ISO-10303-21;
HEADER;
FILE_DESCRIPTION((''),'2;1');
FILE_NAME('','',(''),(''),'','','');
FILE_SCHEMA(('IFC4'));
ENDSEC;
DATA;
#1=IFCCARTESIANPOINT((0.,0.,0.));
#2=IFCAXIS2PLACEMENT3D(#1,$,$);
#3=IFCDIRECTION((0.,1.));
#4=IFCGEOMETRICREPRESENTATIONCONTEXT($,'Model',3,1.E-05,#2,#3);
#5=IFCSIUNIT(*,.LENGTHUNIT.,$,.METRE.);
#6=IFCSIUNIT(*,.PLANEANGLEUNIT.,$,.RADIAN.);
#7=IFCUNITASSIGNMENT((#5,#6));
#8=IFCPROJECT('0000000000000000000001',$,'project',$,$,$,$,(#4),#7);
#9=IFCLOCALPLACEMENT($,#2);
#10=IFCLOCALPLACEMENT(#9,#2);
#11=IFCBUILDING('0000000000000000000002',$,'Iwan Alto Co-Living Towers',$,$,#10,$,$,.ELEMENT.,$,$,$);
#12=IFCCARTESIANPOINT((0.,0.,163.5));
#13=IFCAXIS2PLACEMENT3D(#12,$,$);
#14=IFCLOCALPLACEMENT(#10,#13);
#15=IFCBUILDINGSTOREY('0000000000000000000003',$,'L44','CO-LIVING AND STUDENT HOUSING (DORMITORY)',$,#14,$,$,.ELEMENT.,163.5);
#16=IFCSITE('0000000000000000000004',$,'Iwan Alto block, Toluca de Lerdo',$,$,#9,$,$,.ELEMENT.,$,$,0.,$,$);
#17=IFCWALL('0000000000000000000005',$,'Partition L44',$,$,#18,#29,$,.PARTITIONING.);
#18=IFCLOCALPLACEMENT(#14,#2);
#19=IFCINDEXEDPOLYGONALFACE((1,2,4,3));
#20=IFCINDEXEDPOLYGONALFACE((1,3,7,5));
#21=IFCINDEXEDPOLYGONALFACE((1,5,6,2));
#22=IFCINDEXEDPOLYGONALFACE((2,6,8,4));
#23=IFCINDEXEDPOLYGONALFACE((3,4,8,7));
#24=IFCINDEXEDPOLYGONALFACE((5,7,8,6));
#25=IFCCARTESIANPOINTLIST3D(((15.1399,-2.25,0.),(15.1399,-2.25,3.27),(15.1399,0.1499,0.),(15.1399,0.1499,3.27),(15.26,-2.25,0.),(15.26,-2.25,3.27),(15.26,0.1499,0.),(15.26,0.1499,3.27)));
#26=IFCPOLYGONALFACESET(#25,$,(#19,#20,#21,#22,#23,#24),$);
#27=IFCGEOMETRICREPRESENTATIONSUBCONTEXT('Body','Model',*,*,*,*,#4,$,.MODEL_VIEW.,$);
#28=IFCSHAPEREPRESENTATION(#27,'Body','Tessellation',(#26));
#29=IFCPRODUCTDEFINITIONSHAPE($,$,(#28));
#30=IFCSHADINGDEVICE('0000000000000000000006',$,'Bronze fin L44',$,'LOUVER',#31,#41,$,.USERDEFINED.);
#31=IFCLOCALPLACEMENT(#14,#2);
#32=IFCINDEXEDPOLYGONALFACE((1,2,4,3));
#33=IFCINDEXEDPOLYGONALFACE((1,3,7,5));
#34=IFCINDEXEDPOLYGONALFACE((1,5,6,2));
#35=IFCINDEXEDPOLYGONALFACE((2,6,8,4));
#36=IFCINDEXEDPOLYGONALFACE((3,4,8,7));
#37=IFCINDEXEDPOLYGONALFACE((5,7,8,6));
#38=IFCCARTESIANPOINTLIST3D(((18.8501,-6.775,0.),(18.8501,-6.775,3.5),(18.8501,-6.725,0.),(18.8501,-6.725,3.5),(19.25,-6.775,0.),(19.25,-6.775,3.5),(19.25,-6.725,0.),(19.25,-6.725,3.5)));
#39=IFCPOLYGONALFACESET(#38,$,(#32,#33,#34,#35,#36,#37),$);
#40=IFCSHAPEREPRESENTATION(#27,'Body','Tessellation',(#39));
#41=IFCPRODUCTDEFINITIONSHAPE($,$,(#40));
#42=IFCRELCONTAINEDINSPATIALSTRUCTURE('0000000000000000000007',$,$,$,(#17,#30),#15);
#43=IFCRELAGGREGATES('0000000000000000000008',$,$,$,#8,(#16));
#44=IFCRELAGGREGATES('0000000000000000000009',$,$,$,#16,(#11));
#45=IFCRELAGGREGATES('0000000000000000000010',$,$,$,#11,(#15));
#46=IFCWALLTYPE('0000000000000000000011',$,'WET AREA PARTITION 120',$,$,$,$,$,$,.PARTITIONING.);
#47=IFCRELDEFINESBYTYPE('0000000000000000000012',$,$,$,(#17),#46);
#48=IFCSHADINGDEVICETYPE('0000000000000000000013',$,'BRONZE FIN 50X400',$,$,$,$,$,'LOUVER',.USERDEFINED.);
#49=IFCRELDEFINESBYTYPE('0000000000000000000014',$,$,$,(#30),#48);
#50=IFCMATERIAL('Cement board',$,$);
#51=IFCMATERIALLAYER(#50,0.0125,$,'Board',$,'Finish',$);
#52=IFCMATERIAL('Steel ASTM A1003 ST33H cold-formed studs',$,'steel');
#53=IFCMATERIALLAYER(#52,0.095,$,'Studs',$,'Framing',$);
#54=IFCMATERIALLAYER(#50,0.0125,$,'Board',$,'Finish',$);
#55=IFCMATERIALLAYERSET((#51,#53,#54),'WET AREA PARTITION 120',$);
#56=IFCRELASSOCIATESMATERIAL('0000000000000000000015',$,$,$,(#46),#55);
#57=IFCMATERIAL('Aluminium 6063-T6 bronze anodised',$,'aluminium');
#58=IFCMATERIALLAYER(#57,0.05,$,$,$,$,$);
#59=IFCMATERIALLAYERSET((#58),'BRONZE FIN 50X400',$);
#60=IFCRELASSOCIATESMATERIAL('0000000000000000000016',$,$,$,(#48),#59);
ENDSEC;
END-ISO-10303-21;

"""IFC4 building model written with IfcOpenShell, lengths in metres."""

from ifc_helpers import new_model, si_unit, direction, frame, frame_2d, origin, origin_2d, place, context, subcontext, project, spatial, rectangle, extrude, material, layer, layer_set, type_object, element, save


model = new_model("IFC4")

# Units and contexts
model_context = context("Model", 3, precision=1e-05, world=origin(), true_north=direction((0.0, 1.0)))
body_context = subcontext(model_context, "Body", "Model", "MODEL_VIEW")
ifc_project = project(units=[si_unit("LENGTHUNIT", "METRE"), si_unit("PLANEANGLEUNIT", "RADIAN")], contexts=[model_context])

# Site, building, storey
site_placement = place(None, origin())
site = spatial("IfcSite", under=ifc_project, at=site_placement, Name="Iwan Alto block, Toluca de Lerdo", CompositionType="ELEMENT", RefElevation=0.0)
building_placement = place(site_placement, origin())
building = spatial("IfcBuilding", under=site, at=building_placement, Name="Iwan Alto Co-Living Towers", CompositionType="ELEMENT")
storey_placement = place(building_placement, frame((0.0, 0.0, 163.5)))
storey = spatial("IfcBuildingStorey", under=building, at=storey_placement, Name="L44", Description="CO-LIVING AND STUDENT HOUSING (DORMITORY)", CompositionType="ELEMENT", Elevation=163.5)

# Shared definitions
ifc_material_1 = material(Name="Steel ASTM A1003 ST33H cold-formed studs", Category="steel")

# Wall
ifc_material_2 = material(Name="Cement board")
ifc_layer_1 = layer(ifc_material_2, 0.0125, Name="Board", Category="Finish")
ifc_layer_2 = layer(ifc_material_1, 0.095, Name="Studs", Category="Framing")
ifc_layer_3 = layer(ifc_material_2, 0.0125, Name="Board", Category="Finish")
ifc_layer_set_1 = layer_set([ifc_layer_1, ifc_layer_2, ifc_layer_3], Name="WET AREA PARTITION 120")
wall_type_1 = type_object("IfcWallType", Name="WET AREA PARTITION 120", PredefinedType="PARTITIONING", material=ifc_layer_set_1)
wall_1_placement = place(storey_placement, frame((15.2, -2.25, 0.0), z_axis=(0.0, 0.0, 1.0), x_axis=(0.0, 1.0, 0.0)))
element("IfcWall", 1, at=wall_1_placement, inside=storey, type_object=wall_type_1, Name="Partition L44", PredefinedType="PARTITIONING", context=body_context, shape_type="SweptSolid", body=[
    extrude(rectangle(XDim=2.3999, YDim=0.1201, at=frame_2d((1.2, 0.0))), origin(), (0.0, 0.0, 1.0), 3.27),
])

# Shading device
ifc_material_3 = material(Name="Aluminium 6063-T6 bronze anodised", Category="aluminium")
ifc_layer_4 = layer(ifc_material_3, 0.05)
ifc_layer_set_2 = layer_set([ifc_layer_4], Name="BRONZE FIN 50X400")
shading_device_type = type_object("IfcShadingDeviceType", Name="BRONZE FIN 50X400", ElementType="LOUVER", PredefinedType="USERDEFINED", material=ifc_layer_set_2)
shading_device_placement = place(storey_placement, frame((19.05, -6.75, 0.0), z_axis=(0.0, 0.0, 1.0), x_axis=(0.0, 1.0, 0.0)))
element("IfcShadingDevice", 2, at=shading_device_placement, inside=storey, type_object=shading_device_type, Name="Bronze fin L44", ObjectType="LOUVER", PredefinedType="USERDEFINED", context=body_context, shape_type="SweptSolid", body=[
    extrude(rectangle(XDim=0.05, YDim=0.3999, at=origin_2d()), origin(), (0.0, 0.0, 1.0), 3.5),
])

save(model, "model.ifc")
